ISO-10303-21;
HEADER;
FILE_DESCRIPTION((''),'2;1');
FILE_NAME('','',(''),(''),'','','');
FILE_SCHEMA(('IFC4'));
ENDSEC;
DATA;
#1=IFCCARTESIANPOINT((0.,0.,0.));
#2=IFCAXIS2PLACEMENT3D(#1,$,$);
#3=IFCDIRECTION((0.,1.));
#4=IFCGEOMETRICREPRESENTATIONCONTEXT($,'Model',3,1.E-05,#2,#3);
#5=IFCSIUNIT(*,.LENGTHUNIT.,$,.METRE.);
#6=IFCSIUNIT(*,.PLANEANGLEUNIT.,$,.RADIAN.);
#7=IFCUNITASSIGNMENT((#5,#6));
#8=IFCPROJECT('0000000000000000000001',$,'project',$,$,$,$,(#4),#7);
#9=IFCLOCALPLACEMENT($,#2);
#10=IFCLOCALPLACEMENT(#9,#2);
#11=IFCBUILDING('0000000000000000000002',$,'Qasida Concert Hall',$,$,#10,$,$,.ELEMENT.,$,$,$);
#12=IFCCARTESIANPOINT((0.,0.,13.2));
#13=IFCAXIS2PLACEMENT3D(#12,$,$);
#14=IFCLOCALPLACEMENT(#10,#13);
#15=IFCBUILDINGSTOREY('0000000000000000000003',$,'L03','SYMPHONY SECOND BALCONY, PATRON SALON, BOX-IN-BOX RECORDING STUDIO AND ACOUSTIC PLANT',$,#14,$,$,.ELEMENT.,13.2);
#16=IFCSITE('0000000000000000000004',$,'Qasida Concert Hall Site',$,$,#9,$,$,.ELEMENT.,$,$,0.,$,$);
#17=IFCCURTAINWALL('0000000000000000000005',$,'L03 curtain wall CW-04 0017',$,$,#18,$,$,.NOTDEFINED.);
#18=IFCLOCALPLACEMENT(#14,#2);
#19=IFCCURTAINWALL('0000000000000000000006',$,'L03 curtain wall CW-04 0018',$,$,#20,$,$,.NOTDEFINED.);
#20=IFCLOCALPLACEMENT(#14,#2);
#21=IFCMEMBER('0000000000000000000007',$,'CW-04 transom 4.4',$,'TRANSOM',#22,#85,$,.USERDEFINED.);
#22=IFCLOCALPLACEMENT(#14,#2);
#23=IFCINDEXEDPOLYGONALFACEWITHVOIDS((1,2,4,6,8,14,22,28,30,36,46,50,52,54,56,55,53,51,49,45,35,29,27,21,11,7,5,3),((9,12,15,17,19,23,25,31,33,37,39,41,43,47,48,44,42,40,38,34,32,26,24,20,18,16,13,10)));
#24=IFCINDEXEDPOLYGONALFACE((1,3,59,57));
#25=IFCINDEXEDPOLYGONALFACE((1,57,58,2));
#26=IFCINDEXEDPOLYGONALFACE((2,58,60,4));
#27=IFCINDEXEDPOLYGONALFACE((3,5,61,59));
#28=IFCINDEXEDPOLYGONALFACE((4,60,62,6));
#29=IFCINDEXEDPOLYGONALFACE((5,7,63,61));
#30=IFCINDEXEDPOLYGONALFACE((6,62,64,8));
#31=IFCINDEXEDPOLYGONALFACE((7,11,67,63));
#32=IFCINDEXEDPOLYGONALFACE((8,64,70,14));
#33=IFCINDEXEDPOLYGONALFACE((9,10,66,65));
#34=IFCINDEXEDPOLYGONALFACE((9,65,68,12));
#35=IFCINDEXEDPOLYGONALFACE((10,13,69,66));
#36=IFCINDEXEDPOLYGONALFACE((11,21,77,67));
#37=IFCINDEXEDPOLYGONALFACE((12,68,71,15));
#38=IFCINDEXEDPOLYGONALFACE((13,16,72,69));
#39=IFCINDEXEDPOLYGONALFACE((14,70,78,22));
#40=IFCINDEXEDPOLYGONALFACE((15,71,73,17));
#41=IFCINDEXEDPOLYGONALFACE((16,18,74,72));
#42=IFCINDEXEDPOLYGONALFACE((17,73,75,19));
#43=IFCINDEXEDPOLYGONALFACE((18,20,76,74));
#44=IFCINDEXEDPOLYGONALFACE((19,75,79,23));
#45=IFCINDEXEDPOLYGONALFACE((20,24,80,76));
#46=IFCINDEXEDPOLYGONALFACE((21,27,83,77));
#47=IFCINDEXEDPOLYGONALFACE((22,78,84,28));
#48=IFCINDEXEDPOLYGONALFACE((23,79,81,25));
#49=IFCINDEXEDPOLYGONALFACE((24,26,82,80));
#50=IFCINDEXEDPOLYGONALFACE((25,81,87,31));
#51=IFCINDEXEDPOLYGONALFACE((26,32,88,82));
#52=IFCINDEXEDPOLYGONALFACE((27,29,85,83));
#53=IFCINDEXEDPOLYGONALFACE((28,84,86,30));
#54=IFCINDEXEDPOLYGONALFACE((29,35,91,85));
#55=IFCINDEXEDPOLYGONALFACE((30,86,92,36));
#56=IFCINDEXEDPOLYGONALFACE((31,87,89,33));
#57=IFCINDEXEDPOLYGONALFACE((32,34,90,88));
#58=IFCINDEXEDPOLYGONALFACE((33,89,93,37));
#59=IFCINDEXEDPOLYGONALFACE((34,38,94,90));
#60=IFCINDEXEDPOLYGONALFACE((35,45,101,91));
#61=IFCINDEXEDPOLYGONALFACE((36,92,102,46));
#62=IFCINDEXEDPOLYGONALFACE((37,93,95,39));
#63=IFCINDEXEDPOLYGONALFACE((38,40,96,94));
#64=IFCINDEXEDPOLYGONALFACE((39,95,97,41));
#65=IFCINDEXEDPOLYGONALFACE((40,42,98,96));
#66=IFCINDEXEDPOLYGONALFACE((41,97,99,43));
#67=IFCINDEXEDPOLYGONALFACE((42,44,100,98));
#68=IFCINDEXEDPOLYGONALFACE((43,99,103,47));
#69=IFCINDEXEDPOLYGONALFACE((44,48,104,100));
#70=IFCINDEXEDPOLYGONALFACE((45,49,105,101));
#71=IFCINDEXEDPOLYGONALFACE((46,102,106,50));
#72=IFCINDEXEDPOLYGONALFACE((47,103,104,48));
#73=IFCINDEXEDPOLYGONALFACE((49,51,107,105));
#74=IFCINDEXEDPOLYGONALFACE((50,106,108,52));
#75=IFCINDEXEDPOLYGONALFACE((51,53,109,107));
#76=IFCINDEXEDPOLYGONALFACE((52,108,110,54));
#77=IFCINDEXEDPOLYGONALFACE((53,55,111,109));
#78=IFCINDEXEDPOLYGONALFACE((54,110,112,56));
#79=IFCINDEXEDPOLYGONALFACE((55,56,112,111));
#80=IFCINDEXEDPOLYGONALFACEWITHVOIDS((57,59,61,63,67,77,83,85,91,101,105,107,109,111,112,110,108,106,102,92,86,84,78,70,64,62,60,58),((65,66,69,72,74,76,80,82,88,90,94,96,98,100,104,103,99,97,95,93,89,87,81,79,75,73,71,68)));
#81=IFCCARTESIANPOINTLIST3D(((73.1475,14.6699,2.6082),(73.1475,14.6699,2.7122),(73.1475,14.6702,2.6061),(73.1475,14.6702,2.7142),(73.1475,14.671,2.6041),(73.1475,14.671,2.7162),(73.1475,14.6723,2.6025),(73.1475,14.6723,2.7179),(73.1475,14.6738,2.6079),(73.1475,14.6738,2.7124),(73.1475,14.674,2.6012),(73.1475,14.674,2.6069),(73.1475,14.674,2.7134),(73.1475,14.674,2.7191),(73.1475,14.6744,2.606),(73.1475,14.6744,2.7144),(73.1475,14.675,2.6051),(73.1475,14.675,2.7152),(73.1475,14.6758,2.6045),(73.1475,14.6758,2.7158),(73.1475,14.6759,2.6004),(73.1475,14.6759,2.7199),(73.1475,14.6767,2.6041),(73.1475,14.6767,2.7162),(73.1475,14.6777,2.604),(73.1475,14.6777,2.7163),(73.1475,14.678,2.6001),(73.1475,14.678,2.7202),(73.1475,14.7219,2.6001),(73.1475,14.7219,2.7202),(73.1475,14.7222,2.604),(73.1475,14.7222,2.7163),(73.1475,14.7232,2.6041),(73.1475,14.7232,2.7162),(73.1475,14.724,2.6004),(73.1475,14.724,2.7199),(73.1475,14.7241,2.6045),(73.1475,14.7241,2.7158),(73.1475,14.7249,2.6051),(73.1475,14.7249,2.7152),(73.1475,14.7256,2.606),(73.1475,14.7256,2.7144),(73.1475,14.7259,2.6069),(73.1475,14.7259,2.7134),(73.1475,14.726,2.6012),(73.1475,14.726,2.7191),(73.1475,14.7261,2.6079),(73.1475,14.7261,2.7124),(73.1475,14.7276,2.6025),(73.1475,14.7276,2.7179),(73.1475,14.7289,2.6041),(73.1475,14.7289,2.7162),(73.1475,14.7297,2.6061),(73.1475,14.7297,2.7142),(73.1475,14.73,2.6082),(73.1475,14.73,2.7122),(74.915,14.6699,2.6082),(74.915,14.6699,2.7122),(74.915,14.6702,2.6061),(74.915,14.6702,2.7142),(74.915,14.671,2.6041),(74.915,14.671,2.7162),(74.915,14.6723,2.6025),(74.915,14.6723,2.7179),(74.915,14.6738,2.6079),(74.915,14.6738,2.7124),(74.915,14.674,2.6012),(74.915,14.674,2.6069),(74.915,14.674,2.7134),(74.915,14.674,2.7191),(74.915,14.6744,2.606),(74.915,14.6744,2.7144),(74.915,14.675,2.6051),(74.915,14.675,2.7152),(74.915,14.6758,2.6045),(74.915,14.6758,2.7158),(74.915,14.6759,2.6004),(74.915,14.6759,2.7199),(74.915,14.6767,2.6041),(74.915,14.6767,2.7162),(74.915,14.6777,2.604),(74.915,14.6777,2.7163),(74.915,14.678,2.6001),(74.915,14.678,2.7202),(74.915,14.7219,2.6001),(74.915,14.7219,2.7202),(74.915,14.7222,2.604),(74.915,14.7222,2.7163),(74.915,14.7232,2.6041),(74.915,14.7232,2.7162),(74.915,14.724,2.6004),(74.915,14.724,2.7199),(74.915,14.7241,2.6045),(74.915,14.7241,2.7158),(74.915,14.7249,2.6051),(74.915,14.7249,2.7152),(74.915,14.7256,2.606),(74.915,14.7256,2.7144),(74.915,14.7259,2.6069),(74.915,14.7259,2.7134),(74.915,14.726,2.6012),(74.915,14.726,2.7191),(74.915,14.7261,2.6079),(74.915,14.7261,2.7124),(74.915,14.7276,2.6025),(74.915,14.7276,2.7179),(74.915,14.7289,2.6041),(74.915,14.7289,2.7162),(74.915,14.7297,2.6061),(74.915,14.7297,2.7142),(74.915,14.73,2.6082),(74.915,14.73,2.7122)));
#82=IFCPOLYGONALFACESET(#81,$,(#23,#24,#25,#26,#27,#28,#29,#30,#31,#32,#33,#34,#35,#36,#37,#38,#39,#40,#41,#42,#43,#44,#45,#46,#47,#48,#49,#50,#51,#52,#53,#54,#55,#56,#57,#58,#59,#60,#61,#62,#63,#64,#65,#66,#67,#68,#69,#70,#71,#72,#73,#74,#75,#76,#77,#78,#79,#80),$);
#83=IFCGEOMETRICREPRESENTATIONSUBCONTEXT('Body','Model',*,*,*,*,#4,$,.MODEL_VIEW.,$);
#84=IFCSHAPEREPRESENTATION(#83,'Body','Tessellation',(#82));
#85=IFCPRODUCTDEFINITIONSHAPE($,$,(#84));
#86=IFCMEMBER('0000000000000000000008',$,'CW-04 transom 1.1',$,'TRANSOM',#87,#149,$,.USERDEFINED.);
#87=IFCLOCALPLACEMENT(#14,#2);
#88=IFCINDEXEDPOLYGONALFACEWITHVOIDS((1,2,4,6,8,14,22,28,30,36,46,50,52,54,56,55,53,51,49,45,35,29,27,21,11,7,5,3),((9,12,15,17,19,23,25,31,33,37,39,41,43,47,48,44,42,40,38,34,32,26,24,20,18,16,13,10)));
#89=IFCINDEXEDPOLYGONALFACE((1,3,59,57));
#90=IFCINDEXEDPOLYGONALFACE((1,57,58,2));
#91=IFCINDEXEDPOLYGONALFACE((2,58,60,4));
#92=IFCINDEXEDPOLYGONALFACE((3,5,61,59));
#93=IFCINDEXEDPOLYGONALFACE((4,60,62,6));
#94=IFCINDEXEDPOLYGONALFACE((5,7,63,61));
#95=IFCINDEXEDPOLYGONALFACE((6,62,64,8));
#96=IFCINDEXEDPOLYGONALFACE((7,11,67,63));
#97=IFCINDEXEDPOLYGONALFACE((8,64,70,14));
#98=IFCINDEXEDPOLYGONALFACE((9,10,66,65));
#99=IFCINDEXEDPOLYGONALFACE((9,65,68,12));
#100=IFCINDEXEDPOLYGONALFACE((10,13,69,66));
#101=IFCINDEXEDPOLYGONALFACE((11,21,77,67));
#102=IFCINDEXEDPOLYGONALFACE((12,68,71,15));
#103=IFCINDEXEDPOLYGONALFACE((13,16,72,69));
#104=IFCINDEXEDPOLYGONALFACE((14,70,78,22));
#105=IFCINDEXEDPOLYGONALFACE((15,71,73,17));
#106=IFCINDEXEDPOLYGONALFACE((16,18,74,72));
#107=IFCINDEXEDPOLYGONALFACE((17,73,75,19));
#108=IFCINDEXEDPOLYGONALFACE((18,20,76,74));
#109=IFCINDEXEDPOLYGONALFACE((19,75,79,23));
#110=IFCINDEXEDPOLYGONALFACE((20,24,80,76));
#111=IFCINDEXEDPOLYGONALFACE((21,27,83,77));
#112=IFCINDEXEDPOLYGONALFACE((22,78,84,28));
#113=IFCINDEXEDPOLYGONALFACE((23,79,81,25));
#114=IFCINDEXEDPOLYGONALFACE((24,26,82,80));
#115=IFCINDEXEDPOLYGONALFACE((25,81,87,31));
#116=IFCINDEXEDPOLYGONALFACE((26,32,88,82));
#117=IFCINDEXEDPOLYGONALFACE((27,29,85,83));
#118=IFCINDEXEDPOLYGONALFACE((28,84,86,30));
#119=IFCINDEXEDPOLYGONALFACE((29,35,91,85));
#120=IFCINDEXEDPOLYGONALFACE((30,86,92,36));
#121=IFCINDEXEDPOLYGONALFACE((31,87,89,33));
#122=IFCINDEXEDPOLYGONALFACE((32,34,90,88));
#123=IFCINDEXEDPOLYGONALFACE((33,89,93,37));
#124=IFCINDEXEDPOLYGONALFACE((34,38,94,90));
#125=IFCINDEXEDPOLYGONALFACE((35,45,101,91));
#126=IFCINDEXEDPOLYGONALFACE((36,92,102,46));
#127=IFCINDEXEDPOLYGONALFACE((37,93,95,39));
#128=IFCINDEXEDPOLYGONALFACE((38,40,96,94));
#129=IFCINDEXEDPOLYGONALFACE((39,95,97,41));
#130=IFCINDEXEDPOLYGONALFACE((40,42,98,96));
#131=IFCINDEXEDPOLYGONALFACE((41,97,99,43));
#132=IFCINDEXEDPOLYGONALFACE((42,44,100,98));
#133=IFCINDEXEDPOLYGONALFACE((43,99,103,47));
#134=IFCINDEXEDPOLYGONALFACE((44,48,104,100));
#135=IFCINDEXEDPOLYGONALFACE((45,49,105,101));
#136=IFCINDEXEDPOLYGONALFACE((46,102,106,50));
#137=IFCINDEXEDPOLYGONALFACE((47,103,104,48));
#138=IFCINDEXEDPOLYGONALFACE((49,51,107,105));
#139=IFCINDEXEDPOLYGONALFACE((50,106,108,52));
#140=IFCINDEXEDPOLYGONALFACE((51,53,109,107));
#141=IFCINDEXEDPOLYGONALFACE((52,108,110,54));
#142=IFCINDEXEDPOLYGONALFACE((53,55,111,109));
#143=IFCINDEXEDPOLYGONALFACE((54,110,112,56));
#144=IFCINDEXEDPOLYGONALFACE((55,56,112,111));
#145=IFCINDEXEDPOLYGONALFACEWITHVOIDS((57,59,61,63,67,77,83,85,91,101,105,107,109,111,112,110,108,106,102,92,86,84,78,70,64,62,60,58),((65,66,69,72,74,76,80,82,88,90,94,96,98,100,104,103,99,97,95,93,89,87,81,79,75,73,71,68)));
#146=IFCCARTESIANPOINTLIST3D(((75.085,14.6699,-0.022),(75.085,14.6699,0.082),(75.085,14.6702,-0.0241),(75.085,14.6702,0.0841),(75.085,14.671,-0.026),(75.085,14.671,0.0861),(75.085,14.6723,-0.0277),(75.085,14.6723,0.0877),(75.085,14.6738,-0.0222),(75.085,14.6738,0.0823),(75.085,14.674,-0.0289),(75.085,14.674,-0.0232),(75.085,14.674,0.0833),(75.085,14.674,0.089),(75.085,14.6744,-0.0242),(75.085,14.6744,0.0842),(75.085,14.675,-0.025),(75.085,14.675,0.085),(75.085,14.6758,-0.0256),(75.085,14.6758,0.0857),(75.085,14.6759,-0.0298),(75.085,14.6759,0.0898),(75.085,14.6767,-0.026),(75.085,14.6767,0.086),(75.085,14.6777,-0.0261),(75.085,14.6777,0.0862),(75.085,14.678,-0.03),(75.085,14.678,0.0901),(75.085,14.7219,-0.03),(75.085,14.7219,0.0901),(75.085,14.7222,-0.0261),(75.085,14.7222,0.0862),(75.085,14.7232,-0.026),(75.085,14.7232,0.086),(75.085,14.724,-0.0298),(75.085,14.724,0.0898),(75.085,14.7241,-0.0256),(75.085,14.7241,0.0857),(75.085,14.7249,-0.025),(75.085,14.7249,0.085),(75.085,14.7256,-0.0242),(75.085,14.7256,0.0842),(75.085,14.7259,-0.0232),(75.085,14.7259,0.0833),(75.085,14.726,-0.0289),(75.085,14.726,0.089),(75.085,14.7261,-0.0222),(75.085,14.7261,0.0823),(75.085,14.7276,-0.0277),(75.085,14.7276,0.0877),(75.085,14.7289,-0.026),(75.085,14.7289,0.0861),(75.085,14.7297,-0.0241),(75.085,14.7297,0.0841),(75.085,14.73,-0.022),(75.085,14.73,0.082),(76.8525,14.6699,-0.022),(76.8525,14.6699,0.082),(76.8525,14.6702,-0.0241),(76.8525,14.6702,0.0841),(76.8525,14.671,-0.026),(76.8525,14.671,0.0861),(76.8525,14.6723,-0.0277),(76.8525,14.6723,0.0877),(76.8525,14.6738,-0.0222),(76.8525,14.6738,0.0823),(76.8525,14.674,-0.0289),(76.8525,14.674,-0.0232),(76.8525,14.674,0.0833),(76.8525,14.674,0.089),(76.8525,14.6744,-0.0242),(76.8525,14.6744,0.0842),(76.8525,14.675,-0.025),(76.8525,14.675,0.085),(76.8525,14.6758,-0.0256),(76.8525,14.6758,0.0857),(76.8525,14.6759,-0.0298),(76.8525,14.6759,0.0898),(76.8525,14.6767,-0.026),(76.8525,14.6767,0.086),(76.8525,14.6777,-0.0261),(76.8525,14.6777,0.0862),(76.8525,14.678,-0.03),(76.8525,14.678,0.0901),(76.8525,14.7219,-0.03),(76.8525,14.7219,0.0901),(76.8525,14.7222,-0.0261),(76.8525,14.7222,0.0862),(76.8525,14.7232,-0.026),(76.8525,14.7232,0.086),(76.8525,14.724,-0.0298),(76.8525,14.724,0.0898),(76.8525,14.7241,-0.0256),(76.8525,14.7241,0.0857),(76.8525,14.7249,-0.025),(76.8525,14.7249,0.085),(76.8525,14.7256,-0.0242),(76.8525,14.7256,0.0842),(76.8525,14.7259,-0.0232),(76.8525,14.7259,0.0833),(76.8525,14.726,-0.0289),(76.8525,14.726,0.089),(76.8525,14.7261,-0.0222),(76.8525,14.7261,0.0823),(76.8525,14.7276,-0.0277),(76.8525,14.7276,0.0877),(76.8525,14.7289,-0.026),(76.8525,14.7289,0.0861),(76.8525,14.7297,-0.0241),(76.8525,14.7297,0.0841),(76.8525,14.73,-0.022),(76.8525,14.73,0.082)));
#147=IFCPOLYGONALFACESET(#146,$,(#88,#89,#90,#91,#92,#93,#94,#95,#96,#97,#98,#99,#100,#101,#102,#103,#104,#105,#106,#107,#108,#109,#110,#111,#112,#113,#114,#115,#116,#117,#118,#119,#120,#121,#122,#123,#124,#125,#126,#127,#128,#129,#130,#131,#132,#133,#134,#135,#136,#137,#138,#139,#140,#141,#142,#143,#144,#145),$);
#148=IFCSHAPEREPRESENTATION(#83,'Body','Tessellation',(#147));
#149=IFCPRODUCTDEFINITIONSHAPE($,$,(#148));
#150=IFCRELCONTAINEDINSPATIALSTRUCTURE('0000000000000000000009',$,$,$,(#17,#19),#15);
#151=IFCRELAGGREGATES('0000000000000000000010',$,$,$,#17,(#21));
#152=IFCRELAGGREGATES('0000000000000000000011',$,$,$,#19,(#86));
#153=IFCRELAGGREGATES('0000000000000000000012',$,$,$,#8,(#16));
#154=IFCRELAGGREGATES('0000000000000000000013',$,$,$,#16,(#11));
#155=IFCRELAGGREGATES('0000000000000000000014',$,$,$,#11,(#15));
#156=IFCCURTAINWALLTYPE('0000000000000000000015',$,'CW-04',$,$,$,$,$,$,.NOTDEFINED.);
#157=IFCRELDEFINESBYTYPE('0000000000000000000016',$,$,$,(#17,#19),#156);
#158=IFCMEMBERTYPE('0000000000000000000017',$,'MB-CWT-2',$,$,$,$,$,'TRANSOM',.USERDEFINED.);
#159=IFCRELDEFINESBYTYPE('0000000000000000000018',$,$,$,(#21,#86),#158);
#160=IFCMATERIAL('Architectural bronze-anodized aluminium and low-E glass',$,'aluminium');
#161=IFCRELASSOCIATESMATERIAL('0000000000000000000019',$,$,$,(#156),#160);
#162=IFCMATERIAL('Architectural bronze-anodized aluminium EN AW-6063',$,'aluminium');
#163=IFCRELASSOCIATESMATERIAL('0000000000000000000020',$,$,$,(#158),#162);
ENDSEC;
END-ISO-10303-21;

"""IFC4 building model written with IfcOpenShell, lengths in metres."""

from ifc_helpers import new_model, si_unit, direction, frame, origin, origin_2d, place, context, subcontext, project, spatial, hollow_rectangle, extrude, material, material_profile, profile_set, type_object, element, aggregate, save


model = new_model("IFC4")

# Units and contexts
model_context = context("Model", 3, precision=1e-05, world=origin(), true_north=direction((0.0, 1.0)))
body_context = subcontext(model_context, "Body", "Model", "MODEL_VIEW")
ifc_project = project(units=[si_unit("LENGTHUNIT", "METRE"), si_unit("PLANEANGLEUNIT", "RADIAN")], contexts=[model_context])

# Site, building, storey
site_placement = place(None, origin())
site = spatial("IfcSite", under=ifc_project, at=site_placement, Name="Qasida Concert Hall Site", CompositionType="ELEMENT", RefElevation=0.0)
building_placement = place(site_placement, origin())
building = spatial("IfcBuilding", under=site, at=building_placement, Name="Qasida Concert Hall", CompositionType="ELEMENT")
storey_placement = place(building_placement, frame((0.0, 0.0, 13.2)))
storey = spatial("IfcBuildingStorey", under=building, at=storey_placement, Name="L03", Description="SYMPHONY SECOND BALCONY, PATRON SALON, BOX-IN-BOX RECORDING STUDIO AND ACOUSTIC PLANT", CompositionType="ELEMENT", Elevation=13.2)

# Curtain wall
ifc_material_1 = material(Name="Architectural bronze-anodized aluminium and low-E glass", Category="aluminium")
curtain_wall_type = type_object("IfcCurtainWallType", Name="CW-04", PredefinedType="NOTDEFINED", material=ifc_material_1)
curtain_wall_1_placement = place(storey_placement, origin())
curtain_wall_1 = element("IfcCurtainWall", 1, at=curtain_wall_1_placement, inside=storey, type_object=curtain_wall_type, Name="L03 curtain wall CW-04 0017", PredefinedType="NOTDEFINED")
ifc_material_2 = material(Name="Architectural bronze-anodized aluminium EN AW-6063", Category="aluminium")

# Curtain wall
curtain_wall_2_placement = place(storey_placement, origin())
curtain_wall_2 = element("IfcCurtainWall", 2, at=curtain_wall_2_placement, inside=storey, type_object=curtain_wall_type, Name="L03 curtain wall CW-04 0018", PredefinedType="NOTDEFINED")

# Members
ifc_material_profile_1 = material_profile(ifc_material_2, hollow_rectangle(XDim=0.0601, YDim=0.1201, WallThickness=0.0039, InnerFilletRadius=0.0039, OuterFilletRadius=0.0081, at=origin_2d()), Name="CWT 120x60x4")
ifc_profile_set_1 = profile_set([ifc_material_profile_1], Name="Architectural bronze-anodized aluminium EN AW-6063")
member_type_1 = type_object("IfcMemberType", Name="MB-CWT-2", ElementType="TRANSOM", PredefinedType="USERDEFINED", material=ifc_profile_set_1)
member_1_placement = place(storey_placement, frame((73.1475, 14.7, 2.6602), z_axis=(1.0, 0.0, 0.0), x_axis=(0.0, 1.0, 0.0)))
member_1 = element("IfcMember", 3, at=member_1_placement, type_object=member_type_1, Name="CW-04 transom 4.4", ObjectType="TRANSOM", PredefinedType="USERDEFINED", context=body_context, shape_type="SweptSolid", body=[
    extrude(hollow_rectangle(XDim=0.0601, YDim=0.1201, WallThickness=0.0039, InnerFilletRadius=0.0039, OuterFilletRadius=0.0081, at=origin_2d()), origin(), (0.0, 0.0, 1.0), 1.7676),
])
member_2_placement = place(storey_placement, frame((75.085, 14.7, 0.03), z_axis=(1.0, 0.0, 0.0), x_axis=(0.0, 1.0, 0.0)))
member_2 = element("IfcMember", 4, at=member_2_placement, type_object=member_type_1, Name="CW-04 transom 1.1", ObjectType="TRANSOM", PredefinedType="USERDEFINED", context=body_context, shape_type="SweptSolid", body=[
    extrude(hollow_rectangle(XDim=0.0601, YDim=0.1201, WallThickness=0.0039, InnerFilletRadius=0.0039, OuterFilletRadius=0.0081, at=origin_2d()), origin(), (0.0, 0.0, 1.0), 1.7676),
])

aggregate(curtain_wall_1, [member_1])
aggregate(curtain_wall_2, [member_2])

save(model, "model.ifc")
